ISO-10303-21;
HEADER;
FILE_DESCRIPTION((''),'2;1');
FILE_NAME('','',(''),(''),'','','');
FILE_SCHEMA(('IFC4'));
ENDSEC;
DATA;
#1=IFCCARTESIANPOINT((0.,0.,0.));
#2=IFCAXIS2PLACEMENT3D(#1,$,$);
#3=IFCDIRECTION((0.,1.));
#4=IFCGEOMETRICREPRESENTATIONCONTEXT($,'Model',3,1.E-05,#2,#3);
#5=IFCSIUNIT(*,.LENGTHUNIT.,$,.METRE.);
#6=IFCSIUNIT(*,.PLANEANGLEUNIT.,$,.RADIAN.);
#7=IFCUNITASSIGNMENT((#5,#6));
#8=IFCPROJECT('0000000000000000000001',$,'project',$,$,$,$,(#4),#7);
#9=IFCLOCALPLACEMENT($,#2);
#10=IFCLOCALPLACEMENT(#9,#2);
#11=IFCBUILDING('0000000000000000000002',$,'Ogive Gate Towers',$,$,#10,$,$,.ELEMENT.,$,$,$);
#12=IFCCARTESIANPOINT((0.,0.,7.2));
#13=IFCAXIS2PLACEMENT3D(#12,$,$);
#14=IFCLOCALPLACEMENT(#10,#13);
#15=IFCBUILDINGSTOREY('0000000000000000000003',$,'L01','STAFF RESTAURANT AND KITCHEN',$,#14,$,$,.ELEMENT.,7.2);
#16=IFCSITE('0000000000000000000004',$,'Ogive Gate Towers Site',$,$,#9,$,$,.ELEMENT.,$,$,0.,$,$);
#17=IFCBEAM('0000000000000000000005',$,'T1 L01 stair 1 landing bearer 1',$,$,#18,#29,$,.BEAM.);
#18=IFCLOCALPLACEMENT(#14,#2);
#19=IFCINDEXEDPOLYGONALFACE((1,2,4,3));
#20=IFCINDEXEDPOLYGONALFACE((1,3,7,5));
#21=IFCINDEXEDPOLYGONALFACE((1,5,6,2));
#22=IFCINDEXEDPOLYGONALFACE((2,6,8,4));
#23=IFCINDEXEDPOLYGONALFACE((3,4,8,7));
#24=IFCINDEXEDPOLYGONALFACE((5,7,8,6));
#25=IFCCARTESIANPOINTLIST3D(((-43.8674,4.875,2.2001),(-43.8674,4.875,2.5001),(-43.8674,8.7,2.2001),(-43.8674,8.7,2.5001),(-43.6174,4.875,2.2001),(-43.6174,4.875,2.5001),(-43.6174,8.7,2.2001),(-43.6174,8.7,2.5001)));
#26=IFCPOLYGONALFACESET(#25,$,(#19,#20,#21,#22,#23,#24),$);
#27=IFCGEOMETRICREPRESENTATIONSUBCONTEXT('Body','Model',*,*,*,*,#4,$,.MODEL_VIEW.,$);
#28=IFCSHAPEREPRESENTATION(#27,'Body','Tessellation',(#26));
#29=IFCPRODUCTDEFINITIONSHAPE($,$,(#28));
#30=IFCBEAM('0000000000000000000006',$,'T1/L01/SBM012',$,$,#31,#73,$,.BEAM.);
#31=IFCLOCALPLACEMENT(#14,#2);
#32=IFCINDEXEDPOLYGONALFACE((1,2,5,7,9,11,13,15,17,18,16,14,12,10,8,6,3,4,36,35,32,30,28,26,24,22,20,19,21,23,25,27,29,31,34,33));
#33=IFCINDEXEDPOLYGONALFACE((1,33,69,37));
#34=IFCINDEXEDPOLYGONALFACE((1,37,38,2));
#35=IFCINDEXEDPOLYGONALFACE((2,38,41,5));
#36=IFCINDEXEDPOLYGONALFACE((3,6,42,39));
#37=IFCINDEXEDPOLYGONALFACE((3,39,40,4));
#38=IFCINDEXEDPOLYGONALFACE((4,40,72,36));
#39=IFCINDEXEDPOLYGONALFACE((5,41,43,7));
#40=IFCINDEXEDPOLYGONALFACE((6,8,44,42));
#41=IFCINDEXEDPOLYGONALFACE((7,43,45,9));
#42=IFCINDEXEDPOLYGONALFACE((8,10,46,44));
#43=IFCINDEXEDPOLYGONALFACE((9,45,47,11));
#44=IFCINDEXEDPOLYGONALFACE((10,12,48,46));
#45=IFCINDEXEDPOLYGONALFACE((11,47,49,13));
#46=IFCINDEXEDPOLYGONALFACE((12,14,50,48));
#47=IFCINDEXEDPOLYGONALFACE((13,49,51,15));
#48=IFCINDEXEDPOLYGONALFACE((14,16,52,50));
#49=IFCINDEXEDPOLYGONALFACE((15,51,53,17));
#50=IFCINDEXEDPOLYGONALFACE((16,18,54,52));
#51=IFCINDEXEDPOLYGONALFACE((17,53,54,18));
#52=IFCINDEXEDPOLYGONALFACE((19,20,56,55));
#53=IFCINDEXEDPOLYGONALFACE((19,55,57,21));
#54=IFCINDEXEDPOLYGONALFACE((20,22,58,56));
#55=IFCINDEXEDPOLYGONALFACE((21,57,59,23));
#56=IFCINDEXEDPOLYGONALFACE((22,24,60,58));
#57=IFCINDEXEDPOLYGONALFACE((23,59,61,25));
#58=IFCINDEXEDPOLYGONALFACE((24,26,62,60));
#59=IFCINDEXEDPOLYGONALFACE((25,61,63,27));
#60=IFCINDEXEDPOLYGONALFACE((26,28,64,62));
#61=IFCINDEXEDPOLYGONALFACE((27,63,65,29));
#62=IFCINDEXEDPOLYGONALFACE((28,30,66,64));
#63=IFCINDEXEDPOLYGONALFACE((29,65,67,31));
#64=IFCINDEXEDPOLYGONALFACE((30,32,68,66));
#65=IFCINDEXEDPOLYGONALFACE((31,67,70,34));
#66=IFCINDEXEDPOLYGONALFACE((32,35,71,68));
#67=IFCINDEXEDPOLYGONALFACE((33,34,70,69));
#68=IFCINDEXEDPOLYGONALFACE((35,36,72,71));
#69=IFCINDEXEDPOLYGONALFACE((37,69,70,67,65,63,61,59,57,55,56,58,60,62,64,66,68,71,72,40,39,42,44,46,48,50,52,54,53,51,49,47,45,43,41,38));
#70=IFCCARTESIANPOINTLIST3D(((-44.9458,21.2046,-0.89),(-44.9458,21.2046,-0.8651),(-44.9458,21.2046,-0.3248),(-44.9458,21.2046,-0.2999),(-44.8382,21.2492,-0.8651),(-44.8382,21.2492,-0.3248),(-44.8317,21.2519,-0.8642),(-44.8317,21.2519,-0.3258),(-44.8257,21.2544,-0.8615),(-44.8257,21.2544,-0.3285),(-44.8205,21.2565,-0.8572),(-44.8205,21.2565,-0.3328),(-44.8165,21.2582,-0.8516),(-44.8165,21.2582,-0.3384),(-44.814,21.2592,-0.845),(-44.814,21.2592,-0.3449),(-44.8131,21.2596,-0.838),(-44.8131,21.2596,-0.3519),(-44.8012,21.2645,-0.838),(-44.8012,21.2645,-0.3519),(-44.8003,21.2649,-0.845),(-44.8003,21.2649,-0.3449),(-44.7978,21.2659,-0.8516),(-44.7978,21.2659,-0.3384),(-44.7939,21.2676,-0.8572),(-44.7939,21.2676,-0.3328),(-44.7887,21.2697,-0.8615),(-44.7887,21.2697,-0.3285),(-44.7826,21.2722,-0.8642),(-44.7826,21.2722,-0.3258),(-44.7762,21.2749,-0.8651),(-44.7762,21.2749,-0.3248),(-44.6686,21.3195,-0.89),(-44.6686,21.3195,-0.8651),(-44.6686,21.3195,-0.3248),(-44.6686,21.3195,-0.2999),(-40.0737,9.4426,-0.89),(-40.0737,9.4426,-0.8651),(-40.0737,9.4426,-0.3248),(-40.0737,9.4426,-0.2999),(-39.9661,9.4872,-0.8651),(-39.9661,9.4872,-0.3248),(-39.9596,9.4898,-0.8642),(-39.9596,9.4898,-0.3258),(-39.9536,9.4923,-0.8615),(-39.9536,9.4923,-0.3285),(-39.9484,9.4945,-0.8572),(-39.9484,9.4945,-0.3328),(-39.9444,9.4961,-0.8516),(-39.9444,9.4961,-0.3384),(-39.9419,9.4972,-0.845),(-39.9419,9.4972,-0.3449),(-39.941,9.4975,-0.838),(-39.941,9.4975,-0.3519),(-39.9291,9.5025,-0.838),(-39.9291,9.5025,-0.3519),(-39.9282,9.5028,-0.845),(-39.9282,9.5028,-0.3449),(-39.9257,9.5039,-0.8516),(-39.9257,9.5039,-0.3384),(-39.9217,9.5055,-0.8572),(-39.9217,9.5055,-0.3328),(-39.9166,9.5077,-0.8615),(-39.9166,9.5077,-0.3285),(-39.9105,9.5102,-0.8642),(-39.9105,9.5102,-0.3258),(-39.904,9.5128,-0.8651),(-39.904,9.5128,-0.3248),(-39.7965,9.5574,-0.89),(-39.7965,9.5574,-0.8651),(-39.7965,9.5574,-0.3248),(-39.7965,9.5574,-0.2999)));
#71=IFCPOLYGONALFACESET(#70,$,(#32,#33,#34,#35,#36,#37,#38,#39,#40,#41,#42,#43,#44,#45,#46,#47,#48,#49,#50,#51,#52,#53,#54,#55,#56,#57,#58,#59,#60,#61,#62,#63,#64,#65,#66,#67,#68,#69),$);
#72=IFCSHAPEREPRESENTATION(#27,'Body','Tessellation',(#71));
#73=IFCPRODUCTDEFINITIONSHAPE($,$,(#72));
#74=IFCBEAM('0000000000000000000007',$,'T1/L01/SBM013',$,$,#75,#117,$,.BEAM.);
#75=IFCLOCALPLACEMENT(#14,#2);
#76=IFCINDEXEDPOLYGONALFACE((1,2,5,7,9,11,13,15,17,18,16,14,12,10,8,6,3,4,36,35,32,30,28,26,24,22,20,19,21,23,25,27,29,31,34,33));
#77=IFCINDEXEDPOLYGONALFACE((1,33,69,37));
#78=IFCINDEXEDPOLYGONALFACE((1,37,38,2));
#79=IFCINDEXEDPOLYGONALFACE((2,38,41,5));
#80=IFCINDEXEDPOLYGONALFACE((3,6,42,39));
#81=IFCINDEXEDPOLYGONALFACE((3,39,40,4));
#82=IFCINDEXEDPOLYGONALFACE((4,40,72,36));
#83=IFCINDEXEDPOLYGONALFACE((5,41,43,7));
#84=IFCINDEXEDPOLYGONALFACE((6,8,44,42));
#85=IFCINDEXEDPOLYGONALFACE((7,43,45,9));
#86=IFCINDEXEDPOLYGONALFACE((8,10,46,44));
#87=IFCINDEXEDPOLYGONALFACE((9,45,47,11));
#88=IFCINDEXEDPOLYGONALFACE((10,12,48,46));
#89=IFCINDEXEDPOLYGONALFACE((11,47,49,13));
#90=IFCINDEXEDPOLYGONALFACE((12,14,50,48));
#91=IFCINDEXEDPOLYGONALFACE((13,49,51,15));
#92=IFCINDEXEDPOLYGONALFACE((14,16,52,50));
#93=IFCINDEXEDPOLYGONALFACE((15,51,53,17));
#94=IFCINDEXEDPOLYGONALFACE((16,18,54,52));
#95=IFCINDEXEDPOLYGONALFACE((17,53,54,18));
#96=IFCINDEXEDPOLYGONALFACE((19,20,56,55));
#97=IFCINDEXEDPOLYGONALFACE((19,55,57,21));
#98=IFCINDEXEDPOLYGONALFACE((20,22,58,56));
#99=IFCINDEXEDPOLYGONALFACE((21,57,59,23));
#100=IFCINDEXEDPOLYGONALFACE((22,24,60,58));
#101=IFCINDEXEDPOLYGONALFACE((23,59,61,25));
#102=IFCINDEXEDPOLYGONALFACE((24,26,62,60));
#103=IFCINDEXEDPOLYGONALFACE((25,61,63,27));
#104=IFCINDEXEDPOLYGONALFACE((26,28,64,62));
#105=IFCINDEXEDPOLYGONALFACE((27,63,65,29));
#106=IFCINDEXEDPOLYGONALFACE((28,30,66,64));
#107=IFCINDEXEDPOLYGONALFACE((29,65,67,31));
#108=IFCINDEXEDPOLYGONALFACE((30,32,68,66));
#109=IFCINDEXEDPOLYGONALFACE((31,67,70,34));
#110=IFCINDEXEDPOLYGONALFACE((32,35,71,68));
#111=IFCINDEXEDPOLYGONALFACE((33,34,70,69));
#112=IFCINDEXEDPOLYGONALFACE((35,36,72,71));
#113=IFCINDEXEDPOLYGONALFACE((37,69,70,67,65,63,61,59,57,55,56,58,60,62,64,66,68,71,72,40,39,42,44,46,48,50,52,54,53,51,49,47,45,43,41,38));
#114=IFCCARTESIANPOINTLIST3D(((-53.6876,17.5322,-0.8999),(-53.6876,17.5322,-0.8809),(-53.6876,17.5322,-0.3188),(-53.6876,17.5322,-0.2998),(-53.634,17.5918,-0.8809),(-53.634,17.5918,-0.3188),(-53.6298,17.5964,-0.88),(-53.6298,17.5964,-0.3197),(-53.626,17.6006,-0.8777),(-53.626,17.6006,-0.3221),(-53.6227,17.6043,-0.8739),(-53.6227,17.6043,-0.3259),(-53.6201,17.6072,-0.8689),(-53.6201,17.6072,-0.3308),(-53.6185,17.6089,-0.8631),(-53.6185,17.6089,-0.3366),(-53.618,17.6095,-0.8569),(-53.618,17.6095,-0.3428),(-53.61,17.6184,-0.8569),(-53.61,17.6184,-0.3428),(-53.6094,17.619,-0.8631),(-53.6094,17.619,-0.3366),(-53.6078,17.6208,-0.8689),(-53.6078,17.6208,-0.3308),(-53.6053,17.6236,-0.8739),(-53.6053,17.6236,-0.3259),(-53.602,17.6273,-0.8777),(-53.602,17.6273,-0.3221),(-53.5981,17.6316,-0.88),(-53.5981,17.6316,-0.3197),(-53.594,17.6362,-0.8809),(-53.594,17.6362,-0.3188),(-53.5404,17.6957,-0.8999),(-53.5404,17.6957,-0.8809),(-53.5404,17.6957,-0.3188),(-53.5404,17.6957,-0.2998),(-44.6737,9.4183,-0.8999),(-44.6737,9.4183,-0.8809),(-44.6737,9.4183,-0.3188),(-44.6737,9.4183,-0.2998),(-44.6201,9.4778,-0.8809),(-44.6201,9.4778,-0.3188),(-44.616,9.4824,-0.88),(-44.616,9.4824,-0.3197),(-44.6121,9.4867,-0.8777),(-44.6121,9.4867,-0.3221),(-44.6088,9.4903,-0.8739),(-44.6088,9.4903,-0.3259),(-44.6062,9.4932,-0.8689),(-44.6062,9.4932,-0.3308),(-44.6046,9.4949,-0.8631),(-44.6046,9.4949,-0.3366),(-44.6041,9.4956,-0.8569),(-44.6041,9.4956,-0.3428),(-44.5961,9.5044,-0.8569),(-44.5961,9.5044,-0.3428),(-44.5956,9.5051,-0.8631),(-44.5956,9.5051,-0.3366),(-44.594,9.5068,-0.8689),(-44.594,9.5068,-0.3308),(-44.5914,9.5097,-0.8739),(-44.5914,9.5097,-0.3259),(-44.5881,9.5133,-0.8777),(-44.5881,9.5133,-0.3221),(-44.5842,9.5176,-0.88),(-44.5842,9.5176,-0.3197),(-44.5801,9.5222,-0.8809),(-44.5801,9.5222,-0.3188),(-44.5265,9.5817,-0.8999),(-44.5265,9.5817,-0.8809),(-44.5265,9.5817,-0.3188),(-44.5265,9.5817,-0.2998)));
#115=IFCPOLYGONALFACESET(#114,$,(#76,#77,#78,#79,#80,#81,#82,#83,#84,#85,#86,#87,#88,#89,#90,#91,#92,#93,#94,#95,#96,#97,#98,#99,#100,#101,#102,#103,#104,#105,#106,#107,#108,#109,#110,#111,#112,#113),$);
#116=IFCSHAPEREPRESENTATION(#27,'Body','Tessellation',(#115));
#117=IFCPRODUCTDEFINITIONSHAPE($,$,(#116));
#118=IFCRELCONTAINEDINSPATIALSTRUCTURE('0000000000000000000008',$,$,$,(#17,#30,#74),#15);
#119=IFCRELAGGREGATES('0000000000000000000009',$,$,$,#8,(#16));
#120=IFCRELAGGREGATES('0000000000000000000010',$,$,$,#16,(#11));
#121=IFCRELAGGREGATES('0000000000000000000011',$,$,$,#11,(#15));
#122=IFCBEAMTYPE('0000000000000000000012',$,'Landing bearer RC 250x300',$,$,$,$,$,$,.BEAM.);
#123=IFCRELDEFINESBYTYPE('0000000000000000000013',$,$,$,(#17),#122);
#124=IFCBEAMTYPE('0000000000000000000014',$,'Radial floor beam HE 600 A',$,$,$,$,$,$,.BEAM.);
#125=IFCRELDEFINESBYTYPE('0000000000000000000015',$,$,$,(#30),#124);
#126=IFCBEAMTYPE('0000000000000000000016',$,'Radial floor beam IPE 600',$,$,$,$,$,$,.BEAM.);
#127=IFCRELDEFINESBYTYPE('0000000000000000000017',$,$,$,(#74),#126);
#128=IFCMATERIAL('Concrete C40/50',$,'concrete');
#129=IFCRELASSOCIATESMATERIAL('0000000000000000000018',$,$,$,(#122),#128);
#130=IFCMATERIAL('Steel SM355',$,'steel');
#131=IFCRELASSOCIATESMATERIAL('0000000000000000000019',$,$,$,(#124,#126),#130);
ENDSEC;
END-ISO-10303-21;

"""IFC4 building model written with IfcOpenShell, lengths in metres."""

from ifc_helpers import new_model, si_unit, direction, frame, origin, origin_2d, place, context, subcontext, project, spatial, rectangle, i_section, extrude, material, material_profile, profile_set, type_object, element, save


model = new_model("IFC4")

# Units and contexts
model_context = context("Model", 3, precision=1e-05, world=origin(), true_north=direction((0.0, 1.0)))
body_context = subcontext(model_context, "Body", "Model", "MODEL_VIEW")
ifc_project = project(units=[si_unit("LENGTHUNIT", "METRE"), si_unit("PLANEANGLEUNIT", "RADIAN")], contexts=[model_context])

# Site, building, storey
site_placement = place(None, origin())
site = spatial("IfcSite", under=ifc_project, at=site_placement, Name="Ogive Gate Towers Site", CompositionType="ELEMENT", RefElevation=0.0)
building_placement = place(site_placement, origin())
building = spatial("IfcBuilding", under=site, at=building_placement, Name="Ogive Gate Towers", CompositionType="ELEMENT")
storey_placement = place(building_placement, frame((0.0, 0.0, 7.2)))
storey = spatial("IfcBuildingStorey", under=building, at=storey_placement, Name="L01", Description="STAFF RESTAURANT AND KITCHEN", CompositionType="ELEMENT", Elevation=7.2)

# Beams
ifc_material_1 = material(Name="Concrete C40/50", Category="concrete")
ifc_material_profile_1 = material_profile(ifc_material_1, rectangle(XDim=0.25, YDim=0.3, at=origin_2d()), Name="RC 250x300")
ifc_profile_set_1 = profile_set([ifc_material_profile_1], Name="Concrete C40/50")
beam_type_1 = type_object("IfcBeamType", Name="Landing bearer RC 250x300", PredefinedType="BEAM", material=ifc_profile_set_1)
beam_1_placement = place(storey_placement, frame((-43.7424, 8.7, 2.3501), z_axis=(0.0, -1.0, 0.0), x_axis=(1.0, 0.0, 0.0)))
element("IfcBeam", 1, at=beam_1_placement, inside=storey, type_object=beam_type_1, Name="T1 L01 stair 1 landing bearer 1", PredefinedType="BEAM", context=body_context, shape_type="SweptSolid", body=[
    extrude(rectangle(XDim=0.25, YDim=0.3, at=origin_2d()), origin(), (0.0, 0.0, 1.0), 3.825),
])
ifc_material_2 = material(Name="Steel SM355", Category="steel")
ifc_material_profile_2 = material_profile(ifc_material_2, i_section(OverallWidth=0.3, OverallDepth=0.5901, WebThickness=0.0129, FlangeThickness=0.0249, FilletRadius=0.0271, at=origin_2d()), Name="HE 600 A")
ifc_profile_set_2 = profile_set([ifc_material_profile_2], Name="Steel SM355")
beam_type_2 = type_object("IfcBeamType", Name="Radial floor beam HE 600 A", PredefinedType="BEAM", material=ifc_profile_set_2)
beam_2_placement = place(storey_placement, frame((-39.9351, 9.5, -0.595), z_axis=(-0.382691, 0.923877, 0.0), x_axis=(-0.923877, -0.382691, 0.0)))
element("IfcBeam", 2, at=beam_2_placement, inside=storey, type_object=beam_type_2, Name="T1/L01/SBM012", PredefinedType="BEAM", context=body_context, shape_type="SweptSolid", body=[
    extrude(i_section(OverallWidth=0.3, OverallDepth=0.5901, WebThickness=0.0129, FlangeThickness=0.0249, FilletRadius=0.0271, at=origin_2d()), origin(), (0.0, 0.0, 1.0), 12.7312),
])
ifc_material_profile_3 = material_profile(ifc_material_2, i_section(OverallWidth=0.22, OverallDepth=0.6001, WebThickness=0.012, FlangeThickness=0.019, FilletRadius=0.0239, at=origin_2d()), Name="IPE 600")
ifc_profile_set_3 = profile_set([ifc_material_profile_3], Name="Steel SM355")
beam_type_3 = type_object("IfcBeamType", Name="Radial floor beam IPE 600", PredefinedType="BEAM", material=ifc_profile_set_3)
beam_3_placement = place(storey_placement, frame((-44.6001, 9.5, -0.5999), z_axis=(-0.743233, 0.669033, 0.0), x_axis=(-0.669033, -0.743233, 0.0)))
element("IfcBeam", 3, at=beam_3_placement, inside=storey, type_object=beam_type_3, Name="T1/L01/SBM013", PredefinedType="BEAM", context=body_context, shape_type="SweptSolid", body=[
    extrude(i_section(OverallWidth=0.22, OverallDepth=0.6001, WebThickness=0.012, FlangeThickness=0.019, FilletRadius=0.0239, at=origin_2d()), origin(), (0.0, 0.0, 1.0), 12.1279),
])

save(model, "model.ifc")
